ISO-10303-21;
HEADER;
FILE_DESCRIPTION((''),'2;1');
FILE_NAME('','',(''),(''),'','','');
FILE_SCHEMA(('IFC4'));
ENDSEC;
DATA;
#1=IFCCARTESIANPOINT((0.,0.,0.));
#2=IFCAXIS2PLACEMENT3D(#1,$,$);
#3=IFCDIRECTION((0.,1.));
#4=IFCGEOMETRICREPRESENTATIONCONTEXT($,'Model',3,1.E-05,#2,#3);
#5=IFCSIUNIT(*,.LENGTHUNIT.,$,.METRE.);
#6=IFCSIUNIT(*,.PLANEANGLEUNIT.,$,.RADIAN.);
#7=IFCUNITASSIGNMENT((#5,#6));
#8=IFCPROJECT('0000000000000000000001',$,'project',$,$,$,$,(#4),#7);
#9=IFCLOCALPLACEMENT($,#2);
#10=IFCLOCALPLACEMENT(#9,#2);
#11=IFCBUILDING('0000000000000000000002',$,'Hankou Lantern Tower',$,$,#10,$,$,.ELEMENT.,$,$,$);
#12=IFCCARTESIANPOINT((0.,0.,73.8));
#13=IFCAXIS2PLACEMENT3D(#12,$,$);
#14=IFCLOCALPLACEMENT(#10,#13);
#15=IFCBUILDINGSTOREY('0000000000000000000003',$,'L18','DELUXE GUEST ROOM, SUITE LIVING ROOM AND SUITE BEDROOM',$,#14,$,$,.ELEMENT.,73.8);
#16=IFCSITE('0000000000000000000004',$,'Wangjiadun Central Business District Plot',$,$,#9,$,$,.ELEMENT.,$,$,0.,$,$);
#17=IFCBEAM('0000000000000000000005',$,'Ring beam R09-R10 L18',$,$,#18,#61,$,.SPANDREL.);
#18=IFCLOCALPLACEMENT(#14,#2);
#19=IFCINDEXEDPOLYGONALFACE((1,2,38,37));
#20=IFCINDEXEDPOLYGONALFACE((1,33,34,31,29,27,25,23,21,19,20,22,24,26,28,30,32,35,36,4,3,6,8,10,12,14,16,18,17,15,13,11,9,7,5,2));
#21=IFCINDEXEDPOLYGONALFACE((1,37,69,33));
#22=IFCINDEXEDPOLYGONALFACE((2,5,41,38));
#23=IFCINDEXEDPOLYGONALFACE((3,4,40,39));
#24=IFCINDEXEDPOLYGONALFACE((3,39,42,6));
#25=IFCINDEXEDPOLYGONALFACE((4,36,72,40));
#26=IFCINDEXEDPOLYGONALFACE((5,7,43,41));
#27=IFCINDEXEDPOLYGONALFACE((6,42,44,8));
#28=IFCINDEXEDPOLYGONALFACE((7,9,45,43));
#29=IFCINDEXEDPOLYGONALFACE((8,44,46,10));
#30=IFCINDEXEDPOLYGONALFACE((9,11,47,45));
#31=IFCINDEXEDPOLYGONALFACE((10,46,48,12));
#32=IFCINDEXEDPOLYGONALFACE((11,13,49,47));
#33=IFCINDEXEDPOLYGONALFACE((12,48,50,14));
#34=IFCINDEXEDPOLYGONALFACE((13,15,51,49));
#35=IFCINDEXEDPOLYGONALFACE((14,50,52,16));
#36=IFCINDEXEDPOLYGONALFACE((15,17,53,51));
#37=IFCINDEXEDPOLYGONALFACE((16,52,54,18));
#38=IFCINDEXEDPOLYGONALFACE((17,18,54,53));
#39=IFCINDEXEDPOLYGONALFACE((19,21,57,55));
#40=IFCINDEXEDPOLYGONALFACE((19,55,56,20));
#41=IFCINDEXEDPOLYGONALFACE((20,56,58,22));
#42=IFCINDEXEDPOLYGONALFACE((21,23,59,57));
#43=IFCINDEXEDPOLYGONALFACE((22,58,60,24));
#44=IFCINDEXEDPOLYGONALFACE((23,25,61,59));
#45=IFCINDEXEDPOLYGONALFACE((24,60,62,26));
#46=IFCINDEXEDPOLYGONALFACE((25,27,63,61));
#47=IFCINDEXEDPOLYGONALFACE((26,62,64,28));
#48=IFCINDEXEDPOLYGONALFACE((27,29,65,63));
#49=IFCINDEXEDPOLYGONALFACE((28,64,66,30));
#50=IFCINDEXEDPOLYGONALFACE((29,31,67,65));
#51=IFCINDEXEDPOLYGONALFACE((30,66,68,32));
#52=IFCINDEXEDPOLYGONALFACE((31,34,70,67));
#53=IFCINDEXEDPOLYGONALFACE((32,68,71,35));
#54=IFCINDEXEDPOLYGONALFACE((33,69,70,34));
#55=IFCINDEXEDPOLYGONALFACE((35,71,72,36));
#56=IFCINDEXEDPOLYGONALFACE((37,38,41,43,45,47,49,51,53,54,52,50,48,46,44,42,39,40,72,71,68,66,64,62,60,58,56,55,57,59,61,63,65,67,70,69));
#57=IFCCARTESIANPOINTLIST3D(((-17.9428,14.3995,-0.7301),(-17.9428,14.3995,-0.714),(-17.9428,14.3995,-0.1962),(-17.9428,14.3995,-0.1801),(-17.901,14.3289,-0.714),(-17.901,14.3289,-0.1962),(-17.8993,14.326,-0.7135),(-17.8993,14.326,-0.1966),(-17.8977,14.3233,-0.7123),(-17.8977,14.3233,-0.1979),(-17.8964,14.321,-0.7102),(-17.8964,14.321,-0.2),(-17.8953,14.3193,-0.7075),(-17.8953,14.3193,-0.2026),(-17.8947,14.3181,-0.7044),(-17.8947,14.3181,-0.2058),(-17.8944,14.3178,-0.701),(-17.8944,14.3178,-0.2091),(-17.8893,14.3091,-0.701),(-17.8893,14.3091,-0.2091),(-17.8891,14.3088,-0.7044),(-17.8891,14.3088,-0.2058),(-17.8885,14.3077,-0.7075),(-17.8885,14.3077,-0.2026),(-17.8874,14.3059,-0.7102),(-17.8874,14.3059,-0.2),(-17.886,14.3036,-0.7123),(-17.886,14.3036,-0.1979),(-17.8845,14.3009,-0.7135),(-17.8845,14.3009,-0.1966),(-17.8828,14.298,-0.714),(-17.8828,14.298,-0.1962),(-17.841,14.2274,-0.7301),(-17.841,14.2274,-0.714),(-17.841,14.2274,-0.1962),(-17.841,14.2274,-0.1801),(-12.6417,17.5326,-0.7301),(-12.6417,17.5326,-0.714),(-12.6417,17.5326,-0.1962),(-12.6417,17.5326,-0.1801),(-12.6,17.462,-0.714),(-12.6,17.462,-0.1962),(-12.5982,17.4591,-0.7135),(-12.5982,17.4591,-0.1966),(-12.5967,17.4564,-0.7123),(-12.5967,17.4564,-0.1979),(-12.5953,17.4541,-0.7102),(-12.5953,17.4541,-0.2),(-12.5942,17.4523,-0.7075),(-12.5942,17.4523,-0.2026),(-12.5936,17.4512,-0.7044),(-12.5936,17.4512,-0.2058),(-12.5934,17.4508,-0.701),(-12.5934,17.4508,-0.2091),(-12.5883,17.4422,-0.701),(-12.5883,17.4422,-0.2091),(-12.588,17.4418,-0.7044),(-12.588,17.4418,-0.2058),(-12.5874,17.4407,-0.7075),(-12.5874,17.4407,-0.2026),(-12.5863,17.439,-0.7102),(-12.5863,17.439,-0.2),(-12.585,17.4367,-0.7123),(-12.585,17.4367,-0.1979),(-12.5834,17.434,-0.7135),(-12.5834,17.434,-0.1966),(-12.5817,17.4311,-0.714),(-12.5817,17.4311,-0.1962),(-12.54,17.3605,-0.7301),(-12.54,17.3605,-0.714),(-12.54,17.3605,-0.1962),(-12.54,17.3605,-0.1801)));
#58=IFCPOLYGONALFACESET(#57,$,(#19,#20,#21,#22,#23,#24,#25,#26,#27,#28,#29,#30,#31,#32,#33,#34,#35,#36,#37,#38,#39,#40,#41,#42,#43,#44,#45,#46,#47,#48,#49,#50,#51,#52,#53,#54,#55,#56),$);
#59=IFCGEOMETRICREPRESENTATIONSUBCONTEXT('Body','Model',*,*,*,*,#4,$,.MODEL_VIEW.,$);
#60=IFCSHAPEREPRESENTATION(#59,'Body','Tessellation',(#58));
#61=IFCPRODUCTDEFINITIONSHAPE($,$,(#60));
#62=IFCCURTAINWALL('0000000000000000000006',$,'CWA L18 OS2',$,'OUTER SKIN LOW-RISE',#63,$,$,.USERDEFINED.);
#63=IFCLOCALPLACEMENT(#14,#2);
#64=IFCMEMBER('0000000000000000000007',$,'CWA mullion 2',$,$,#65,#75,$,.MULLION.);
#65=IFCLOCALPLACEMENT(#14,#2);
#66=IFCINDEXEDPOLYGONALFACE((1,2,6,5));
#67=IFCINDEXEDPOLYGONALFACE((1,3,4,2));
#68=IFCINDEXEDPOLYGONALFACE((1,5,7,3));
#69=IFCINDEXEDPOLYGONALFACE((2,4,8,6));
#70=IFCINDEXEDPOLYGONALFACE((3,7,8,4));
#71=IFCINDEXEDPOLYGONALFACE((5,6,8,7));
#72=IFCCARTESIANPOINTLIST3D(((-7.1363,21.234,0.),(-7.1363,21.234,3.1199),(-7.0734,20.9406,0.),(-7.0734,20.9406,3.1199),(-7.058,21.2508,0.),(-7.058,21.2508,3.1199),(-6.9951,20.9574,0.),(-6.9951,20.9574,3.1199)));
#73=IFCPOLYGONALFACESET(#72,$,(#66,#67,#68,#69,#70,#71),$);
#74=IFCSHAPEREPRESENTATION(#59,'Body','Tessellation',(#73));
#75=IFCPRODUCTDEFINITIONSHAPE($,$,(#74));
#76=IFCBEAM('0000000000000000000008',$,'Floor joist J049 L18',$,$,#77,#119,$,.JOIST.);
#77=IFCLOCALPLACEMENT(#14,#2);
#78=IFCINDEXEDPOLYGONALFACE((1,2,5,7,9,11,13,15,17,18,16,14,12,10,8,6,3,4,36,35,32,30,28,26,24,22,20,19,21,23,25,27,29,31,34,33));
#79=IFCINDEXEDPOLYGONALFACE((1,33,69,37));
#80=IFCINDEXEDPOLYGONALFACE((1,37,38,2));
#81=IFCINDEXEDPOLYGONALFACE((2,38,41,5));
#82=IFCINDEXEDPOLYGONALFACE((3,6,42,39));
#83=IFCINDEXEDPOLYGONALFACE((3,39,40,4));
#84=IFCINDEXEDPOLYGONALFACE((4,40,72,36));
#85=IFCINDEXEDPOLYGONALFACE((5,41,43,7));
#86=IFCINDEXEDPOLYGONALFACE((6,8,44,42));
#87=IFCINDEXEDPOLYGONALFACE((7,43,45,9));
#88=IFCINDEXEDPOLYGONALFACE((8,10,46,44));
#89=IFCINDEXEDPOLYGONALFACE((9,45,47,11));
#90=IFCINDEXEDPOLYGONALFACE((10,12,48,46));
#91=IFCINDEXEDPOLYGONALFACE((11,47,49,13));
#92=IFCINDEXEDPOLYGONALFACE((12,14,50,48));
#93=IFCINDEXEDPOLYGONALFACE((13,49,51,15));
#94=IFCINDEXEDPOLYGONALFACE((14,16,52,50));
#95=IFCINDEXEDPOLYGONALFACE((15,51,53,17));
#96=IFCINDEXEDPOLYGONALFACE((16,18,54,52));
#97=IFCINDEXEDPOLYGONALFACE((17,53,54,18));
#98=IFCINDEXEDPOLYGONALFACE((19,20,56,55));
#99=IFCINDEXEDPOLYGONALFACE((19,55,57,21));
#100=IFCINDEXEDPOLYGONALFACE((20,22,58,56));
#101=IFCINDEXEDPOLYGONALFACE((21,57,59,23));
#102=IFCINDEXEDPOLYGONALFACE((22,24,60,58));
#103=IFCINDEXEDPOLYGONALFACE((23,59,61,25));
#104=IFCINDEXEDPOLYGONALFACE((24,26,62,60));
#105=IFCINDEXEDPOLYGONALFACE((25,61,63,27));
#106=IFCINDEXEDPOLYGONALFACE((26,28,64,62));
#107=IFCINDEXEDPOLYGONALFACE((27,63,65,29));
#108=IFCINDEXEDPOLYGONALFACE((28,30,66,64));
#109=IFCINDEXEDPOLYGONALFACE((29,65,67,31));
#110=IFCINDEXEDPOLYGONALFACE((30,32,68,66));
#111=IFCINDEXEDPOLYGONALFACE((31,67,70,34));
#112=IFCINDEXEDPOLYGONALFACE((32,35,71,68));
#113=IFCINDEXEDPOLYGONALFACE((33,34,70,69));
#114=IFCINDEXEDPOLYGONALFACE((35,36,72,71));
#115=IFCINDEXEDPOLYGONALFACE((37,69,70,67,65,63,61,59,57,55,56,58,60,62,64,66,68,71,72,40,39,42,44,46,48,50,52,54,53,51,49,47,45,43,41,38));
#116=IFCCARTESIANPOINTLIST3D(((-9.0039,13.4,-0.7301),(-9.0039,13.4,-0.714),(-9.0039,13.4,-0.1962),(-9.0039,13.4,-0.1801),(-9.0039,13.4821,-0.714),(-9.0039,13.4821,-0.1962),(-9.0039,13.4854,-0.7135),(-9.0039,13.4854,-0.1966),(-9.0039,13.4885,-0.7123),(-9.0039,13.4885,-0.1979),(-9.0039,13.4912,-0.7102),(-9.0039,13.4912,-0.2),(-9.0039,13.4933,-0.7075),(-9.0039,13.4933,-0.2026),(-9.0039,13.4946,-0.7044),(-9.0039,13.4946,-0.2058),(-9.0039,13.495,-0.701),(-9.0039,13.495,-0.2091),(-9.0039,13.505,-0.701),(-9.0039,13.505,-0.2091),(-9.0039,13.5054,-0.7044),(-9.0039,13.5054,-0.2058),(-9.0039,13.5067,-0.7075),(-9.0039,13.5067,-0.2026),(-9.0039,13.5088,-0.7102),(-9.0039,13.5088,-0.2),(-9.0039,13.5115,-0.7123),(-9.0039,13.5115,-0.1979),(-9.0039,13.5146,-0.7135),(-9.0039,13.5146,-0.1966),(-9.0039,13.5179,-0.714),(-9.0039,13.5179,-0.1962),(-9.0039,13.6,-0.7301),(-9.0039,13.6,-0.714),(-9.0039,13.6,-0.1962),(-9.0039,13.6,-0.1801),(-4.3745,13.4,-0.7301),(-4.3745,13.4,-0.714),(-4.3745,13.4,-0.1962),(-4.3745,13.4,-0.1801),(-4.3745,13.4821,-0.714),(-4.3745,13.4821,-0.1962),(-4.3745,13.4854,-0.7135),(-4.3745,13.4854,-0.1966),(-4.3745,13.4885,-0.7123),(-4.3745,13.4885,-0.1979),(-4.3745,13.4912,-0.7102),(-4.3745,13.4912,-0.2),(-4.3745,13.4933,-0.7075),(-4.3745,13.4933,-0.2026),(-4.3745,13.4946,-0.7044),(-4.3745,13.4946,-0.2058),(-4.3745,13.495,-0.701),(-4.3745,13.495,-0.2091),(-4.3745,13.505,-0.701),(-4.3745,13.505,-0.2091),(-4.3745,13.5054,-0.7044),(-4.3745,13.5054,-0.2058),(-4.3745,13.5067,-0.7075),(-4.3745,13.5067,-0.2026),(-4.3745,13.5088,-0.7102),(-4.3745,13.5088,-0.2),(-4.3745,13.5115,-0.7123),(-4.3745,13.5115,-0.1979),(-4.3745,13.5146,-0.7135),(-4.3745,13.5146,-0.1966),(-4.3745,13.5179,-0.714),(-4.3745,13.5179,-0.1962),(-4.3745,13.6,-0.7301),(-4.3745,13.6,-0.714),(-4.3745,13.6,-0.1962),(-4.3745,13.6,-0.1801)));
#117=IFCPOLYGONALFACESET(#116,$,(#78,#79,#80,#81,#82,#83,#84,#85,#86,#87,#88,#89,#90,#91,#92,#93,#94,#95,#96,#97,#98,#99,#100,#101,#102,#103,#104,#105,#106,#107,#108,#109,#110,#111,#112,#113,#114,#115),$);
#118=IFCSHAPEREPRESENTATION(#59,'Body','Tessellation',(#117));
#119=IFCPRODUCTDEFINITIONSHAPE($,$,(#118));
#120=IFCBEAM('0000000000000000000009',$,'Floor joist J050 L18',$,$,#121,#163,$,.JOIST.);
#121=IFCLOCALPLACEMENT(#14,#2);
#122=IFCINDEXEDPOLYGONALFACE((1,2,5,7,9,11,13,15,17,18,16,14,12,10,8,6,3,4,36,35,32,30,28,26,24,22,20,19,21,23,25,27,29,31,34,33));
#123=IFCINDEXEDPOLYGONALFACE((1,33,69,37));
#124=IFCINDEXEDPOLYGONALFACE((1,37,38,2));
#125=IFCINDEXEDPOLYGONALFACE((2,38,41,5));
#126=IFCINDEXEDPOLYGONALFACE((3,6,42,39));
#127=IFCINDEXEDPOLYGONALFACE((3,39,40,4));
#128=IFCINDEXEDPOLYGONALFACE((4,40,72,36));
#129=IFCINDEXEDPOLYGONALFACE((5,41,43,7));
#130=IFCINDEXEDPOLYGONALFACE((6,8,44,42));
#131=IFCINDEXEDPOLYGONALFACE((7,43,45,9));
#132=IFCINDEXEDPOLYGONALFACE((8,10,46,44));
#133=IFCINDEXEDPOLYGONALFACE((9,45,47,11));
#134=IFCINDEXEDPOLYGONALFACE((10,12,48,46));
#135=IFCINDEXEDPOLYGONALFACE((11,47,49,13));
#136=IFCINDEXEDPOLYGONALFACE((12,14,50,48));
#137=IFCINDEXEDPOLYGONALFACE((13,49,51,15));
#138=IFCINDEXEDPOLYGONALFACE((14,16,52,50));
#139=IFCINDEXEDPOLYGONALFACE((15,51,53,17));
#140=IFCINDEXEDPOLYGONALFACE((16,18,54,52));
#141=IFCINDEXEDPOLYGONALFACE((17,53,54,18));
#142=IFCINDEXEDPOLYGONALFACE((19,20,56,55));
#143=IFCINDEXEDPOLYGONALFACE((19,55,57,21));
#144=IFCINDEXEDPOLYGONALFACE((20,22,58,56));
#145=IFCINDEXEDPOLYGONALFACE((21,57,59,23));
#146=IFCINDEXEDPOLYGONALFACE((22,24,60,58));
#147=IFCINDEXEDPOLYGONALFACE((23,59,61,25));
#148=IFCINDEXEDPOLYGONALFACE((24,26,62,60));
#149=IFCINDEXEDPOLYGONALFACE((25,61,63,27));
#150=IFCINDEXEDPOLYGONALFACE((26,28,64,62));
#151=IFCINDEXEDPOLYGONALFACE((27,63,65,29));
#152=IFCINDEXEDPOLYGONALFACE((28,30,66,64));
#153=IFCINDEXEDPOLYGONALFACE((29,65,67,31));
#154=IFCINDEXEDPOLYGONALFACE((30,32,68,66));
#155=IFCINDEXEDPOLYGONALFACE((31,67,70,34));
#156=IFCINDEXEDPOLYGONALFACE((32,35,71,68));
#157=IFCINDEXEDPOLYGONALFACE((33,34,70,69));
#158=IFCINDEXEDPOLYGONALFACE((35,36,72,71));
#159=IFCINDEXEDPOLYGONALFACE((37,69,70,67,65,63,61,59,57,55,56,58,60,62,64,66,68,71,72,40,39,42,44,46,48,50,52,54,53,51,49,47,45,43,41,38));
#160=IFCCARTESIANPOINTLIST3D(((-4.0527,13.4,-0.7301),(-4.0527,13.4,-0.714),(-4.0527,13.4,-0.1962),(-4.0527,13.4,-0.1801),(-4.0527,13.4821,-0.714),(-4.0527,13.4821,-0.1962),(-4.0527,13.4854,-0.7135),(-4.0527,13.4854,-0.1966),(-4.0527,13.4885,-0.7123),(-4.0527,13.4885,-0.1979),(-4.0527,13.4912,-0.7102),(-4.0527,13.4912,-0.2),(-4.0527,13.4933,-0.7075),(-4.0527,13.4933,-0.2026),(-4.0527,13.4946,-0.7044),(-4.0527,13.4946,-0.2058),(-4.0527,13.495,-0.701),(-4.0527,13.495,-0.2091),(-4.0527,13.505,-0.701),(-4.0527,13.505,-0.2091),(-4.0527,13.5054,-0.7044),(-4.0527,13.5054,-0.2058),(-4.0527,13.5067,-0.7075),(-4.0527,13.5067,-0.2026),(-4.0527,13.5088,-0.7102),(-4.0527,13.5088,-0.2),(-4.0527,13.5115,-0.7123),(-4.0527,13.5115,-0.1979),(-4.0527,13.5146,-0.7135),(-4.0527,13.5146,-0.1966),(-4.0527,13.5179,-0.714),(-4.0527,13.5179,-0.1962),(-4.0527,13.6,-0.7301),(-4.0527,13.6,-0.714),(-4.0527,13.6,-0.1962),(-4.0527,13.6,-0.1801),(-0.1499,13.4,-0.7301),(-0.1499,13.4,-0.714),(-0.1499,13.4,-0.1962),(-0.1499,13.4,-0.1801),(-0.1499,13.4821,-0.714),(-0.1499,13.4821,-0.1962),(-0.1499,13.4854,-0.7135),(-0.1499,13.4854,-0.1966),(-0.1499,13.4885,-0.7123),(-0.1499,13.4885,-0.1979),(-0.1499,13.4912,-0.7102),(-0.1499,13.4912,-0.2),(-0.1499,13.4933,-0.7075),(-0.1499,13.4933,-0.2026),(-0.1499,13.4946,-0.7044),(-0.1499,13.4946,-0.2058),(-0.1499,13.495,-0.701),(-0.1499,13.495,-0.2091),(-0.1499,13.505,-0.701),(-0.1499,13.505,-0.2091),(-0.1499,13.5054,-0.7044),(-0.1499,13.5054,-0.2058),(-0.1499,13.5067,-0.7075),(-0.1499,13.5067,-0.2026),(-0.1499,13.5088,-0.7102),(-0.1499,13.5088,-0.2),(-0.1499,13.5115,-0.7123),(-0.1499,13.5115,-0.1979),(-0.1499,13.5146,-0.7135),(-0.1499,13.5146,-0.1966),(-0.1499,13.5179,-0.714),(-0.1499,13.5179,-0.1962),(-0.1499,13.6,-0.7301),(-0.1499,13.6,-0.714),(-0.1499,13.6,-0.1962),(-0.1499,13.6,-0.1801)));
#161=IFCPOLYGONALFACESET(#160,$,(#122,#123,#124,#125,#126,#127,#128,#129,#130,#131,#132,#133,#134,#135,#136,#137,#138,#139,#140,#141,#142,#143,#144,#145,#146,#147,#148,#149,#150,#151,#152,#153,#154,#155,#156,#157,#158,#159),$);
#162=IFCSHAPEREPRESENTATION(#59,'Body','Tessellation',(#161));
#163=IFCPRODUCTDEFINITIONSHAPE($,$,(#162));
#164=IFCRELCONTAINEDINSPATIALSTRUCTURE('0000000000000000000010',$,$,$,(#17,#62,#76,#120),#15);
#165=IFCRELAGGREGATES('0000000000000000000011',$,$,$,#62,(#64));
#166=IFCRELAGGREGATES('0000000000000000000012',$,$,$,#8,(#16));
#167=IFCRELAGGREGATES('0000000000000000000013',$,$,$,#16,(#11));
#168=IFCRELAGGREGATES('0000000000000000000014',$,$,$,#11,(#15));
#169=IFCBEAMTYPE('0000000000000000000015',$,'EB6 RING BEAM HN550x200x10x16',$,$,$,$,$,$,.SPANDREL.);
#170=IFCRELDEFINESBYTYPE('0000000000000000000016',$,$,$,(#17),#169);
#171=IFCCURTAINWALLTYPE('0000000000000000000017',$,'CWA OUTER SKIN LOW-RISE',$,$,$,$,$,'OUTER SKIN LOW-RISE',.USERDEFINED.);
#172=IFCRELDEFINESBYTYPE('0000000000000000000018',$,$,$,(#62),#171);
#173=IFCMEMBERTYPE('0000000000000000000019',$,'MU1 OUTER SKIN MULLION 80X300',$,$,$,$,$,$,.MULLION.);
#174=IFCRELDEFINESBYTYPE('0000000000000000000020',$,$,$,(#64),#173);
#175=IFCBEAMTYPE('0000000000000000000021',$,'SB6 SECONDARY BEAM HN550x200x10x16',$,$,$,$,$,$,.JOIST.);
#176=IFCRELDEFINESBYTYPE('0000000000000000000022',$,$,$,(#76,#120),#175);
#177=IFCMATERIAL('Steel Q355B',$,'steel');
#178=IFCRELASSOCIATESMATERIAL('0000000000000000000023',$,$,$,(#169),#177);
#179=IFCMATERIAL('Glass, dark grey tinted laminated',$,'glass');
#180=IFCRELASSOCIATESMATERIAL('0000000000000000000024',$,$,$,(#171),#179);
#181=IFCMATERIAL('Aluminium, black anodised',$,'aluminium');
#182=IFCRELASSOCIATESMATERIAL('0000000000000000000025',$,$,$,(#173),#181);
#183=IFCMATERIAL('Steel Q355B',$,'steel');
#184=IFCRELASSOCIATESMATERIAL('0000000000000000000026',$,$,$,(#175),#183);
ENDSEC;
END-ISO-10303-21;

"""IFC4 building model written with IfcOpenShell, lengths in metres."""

from ifc_helpers import new_model, si_unit, direction, frame, origin, origin_2d, place, context, subcontext, project, spatial, rectangle, i_section, extrude, material, material_profile, profile_set, type_object, element, aggregate, save


model = new_model("IFC4")

# Units and contexts
model_context = context("Model", 3, precision=1e-05, world=origin(), true_north=direction((0.0, 1.0)))
body_context = subcontext(model_context, "Body", "Model", "MODEL_VIEW")
ifc_project = project(units=[si_unit("LENGTHUNIT", "METRE"), si_unit("PLANEANGLEUNIT", "RADIAN")], contexts=[model_context])

# Site, building, storey
site_placement = place(None, origin())
site = spatial("IfcSite", under=ifc_project, at=site_placement, Name="Wangjiadun Central Business District Plot", CompositionType="ELEMENT", RefElevation=0.0)
building_placement = place(site_placement, origin())
building = spatial("IfcBuilding", under=site, at=building_placement, Name="Hankou Lantern Tower", CompositionType="ELEMENT")
storey_placement = place(building_placement, frame((0.0, 0.0, 73.8)))
storey = spatial("IfcBuildingStorey", under=building, at=storey_placement, Name="L18", Description="DELUXE GUEST ROOM, SUITE LIVING ROOM AND SUITE BEDROOM", CompositionType="ELEMENT", Elevation=73.8)

# Beam
ifc_material_1 = material(Name="Steel Q355B", Category="steel")
ifc_material_profile_1 = material_profile(ifc_material_1, i_section(OverallWidth=0.2, OverallDepth=0.55, WebThickness=0.01, FlangeThickness=0.0161, FilletRadius=0.0129, at=origin_2d()), Name="HN550x200x10x16")
ifc_profile_set_1 = profile_set([ifc_material_profile_1], Name="Steel Q355B")
beam_type_1 = type_object("IfcBeamType", Name="EB6 RING BEAM HN550x200x10x16", PredefinedType="SPANDREL", material=ifc_profile_set_1)
beam_1_placement = place(storey_placement, frame((-12.5908, 17.4465, -0.4551), z_axis=(-0.860882, -0.508805, 0.0), x_axis=(0.508805, -0.860882, 0.0)))
element("IfcBeam", 1, at=beam_1_placement, inside=storey, type_object=beam_type_1, Name="Ring beam R09-R10 L18", PredefinedType="SPANDREL", context=body_context, shape_type="SweptSolid", body=[
    extrude(i_section(OverallWidth=0.2, OverallDepth=0.55, WebThickness=0.01, FlangeThickness=0.0161, FilletRadius=0.0129, at=origin_2d()), origin(), (0.0, 0.0, 1.0), 6.1577),
])

# Curtain wall, member
ifc_material_2 = material(Name="Glass, dark grey tinted laminated", Category="glass")
curtain_wall_type = type_object("IfcCurtainWallType", Name="CWA OUTER SKIN LOW-RISE", ElementType="OUTER SKIN LOW-RISE", PredefinedType="USERDEFINED", material=ifc_material_2)
curtain_wall_placement = place(storey_placement, origin())
curtain_wall = element("IfcCurtainWall", 2, at=curtain_wall_placement, inside=storey, type_object=curtain_wall_type, Name="CWA L18 OS2", ObjectType="OUTER SKIN LOW-RISE", PredefinedType="USERDEFINED")
ifc_material_3 = material(Name="Aluminium, black anodised", Category="aluminium")
ifc_material_profile_2 = material_profile(ifc_material_3, rectangle(XDim=0.0801, YDim=0.3, at=origin_2d()), Name="MU1 80X300")
ifc_profile_set_2 = profile_set([ifc_material_profile_2], Name="Aluminium, black anodised")
member_type_1 = type_object("IfcMemberType", Name="MU1 OUTER SKIN MULLION 80X300", PredefinedType="MULLION", material=ifc_profile_set_2)
member_1_placement = place(storey_placement, frame((-7.0657, 21.0957, 0.0), z_axis=(0.0, 0.0, 1.0), x_axis=(-0.977788, -0.209598, 0.0)))
member_1 = element("IfcMember", 3, at=member_1_placement, type_object=member_type_1, Name="CWA mullion 2", PredefinedType="MULLION", context=body_context, shape_type="SweptSolid", body=[
    extrude(rectangle(XDim=0.0801, YDim=0.3, at=origin_2d()), origin(), (0.0, 0.0, 1.0), 3.1199),
])

# Beams
ifc_material_4 = material(Name="Steel Q355B", Category="steel")
ifc_material_profile_3 = material_profile(ifc_material_4, i_section(OverallWidth=0.2, OverallDepth=0.55, WebThickness=0.01, FlangeThickness=0.0161, FilletRadius=0.0129, at=origin_2d()), Name="HN550x200x10x16")
ifc_profile_set_3 = profile_set([ifc_material_profile_3], Name="Steel Q355B")
beam_type_2 = type_object("IfcBeamType", Name="SB6 SECONDARY BEAM HN550x200x10x16", PredefinedType="JOIST", material=ifc_profile_set_3)
beam_2_placement = place(storey_placement, frame((-9.0039, 13.5, -0.4551), z_axis=(1.0, 0.0, 0.0), x_axis=(0.0, 1.0, 0.0)))
element("IfcBeam", 4, at=beam_2_placement, inside=storey, type_object=beam_type_2, Name="Floor joist J049 L18", PredefinedType="JOIST", context=body_context, shape_type="SweptSolid", body=[
    extrude(i_section(OverallWidth=0.2, OverallDepth=0.55, WebThickness=0.01, FlangeThickness=0.0161, FilletRadius=0.0129, at=origin_2d()), origin(), (0.0, 0.0, 1.0), 4.6294),
])
beam_3_placement = place(storey_placement, frame((-4.0527, 13.5, -0.4551), z_axis=(1.0, 0.0, 0.0), x_axis=(0.0, 1.0, 0.0)))
element("IfcBeam", 5, at=beam_3_placement, inside=storey, type_object=beam_type_2, Name="Floor joist J050 L18", PredefinedType="JOIST", context=body_context, shape_type="SweptSolid", body=[
    extrude(i_section(OverallWidth=0.2, OverallDepth=0.55, WebThickness=0.01, FlangeThickness=0.0161, FilletRadius=0.0129, at=origin_2d()), origin(), (0.0, 0.0, 1.0), 3.9028),
])

aggregate(curtain_wall, [member_1])

save(model, "model.ifc")
